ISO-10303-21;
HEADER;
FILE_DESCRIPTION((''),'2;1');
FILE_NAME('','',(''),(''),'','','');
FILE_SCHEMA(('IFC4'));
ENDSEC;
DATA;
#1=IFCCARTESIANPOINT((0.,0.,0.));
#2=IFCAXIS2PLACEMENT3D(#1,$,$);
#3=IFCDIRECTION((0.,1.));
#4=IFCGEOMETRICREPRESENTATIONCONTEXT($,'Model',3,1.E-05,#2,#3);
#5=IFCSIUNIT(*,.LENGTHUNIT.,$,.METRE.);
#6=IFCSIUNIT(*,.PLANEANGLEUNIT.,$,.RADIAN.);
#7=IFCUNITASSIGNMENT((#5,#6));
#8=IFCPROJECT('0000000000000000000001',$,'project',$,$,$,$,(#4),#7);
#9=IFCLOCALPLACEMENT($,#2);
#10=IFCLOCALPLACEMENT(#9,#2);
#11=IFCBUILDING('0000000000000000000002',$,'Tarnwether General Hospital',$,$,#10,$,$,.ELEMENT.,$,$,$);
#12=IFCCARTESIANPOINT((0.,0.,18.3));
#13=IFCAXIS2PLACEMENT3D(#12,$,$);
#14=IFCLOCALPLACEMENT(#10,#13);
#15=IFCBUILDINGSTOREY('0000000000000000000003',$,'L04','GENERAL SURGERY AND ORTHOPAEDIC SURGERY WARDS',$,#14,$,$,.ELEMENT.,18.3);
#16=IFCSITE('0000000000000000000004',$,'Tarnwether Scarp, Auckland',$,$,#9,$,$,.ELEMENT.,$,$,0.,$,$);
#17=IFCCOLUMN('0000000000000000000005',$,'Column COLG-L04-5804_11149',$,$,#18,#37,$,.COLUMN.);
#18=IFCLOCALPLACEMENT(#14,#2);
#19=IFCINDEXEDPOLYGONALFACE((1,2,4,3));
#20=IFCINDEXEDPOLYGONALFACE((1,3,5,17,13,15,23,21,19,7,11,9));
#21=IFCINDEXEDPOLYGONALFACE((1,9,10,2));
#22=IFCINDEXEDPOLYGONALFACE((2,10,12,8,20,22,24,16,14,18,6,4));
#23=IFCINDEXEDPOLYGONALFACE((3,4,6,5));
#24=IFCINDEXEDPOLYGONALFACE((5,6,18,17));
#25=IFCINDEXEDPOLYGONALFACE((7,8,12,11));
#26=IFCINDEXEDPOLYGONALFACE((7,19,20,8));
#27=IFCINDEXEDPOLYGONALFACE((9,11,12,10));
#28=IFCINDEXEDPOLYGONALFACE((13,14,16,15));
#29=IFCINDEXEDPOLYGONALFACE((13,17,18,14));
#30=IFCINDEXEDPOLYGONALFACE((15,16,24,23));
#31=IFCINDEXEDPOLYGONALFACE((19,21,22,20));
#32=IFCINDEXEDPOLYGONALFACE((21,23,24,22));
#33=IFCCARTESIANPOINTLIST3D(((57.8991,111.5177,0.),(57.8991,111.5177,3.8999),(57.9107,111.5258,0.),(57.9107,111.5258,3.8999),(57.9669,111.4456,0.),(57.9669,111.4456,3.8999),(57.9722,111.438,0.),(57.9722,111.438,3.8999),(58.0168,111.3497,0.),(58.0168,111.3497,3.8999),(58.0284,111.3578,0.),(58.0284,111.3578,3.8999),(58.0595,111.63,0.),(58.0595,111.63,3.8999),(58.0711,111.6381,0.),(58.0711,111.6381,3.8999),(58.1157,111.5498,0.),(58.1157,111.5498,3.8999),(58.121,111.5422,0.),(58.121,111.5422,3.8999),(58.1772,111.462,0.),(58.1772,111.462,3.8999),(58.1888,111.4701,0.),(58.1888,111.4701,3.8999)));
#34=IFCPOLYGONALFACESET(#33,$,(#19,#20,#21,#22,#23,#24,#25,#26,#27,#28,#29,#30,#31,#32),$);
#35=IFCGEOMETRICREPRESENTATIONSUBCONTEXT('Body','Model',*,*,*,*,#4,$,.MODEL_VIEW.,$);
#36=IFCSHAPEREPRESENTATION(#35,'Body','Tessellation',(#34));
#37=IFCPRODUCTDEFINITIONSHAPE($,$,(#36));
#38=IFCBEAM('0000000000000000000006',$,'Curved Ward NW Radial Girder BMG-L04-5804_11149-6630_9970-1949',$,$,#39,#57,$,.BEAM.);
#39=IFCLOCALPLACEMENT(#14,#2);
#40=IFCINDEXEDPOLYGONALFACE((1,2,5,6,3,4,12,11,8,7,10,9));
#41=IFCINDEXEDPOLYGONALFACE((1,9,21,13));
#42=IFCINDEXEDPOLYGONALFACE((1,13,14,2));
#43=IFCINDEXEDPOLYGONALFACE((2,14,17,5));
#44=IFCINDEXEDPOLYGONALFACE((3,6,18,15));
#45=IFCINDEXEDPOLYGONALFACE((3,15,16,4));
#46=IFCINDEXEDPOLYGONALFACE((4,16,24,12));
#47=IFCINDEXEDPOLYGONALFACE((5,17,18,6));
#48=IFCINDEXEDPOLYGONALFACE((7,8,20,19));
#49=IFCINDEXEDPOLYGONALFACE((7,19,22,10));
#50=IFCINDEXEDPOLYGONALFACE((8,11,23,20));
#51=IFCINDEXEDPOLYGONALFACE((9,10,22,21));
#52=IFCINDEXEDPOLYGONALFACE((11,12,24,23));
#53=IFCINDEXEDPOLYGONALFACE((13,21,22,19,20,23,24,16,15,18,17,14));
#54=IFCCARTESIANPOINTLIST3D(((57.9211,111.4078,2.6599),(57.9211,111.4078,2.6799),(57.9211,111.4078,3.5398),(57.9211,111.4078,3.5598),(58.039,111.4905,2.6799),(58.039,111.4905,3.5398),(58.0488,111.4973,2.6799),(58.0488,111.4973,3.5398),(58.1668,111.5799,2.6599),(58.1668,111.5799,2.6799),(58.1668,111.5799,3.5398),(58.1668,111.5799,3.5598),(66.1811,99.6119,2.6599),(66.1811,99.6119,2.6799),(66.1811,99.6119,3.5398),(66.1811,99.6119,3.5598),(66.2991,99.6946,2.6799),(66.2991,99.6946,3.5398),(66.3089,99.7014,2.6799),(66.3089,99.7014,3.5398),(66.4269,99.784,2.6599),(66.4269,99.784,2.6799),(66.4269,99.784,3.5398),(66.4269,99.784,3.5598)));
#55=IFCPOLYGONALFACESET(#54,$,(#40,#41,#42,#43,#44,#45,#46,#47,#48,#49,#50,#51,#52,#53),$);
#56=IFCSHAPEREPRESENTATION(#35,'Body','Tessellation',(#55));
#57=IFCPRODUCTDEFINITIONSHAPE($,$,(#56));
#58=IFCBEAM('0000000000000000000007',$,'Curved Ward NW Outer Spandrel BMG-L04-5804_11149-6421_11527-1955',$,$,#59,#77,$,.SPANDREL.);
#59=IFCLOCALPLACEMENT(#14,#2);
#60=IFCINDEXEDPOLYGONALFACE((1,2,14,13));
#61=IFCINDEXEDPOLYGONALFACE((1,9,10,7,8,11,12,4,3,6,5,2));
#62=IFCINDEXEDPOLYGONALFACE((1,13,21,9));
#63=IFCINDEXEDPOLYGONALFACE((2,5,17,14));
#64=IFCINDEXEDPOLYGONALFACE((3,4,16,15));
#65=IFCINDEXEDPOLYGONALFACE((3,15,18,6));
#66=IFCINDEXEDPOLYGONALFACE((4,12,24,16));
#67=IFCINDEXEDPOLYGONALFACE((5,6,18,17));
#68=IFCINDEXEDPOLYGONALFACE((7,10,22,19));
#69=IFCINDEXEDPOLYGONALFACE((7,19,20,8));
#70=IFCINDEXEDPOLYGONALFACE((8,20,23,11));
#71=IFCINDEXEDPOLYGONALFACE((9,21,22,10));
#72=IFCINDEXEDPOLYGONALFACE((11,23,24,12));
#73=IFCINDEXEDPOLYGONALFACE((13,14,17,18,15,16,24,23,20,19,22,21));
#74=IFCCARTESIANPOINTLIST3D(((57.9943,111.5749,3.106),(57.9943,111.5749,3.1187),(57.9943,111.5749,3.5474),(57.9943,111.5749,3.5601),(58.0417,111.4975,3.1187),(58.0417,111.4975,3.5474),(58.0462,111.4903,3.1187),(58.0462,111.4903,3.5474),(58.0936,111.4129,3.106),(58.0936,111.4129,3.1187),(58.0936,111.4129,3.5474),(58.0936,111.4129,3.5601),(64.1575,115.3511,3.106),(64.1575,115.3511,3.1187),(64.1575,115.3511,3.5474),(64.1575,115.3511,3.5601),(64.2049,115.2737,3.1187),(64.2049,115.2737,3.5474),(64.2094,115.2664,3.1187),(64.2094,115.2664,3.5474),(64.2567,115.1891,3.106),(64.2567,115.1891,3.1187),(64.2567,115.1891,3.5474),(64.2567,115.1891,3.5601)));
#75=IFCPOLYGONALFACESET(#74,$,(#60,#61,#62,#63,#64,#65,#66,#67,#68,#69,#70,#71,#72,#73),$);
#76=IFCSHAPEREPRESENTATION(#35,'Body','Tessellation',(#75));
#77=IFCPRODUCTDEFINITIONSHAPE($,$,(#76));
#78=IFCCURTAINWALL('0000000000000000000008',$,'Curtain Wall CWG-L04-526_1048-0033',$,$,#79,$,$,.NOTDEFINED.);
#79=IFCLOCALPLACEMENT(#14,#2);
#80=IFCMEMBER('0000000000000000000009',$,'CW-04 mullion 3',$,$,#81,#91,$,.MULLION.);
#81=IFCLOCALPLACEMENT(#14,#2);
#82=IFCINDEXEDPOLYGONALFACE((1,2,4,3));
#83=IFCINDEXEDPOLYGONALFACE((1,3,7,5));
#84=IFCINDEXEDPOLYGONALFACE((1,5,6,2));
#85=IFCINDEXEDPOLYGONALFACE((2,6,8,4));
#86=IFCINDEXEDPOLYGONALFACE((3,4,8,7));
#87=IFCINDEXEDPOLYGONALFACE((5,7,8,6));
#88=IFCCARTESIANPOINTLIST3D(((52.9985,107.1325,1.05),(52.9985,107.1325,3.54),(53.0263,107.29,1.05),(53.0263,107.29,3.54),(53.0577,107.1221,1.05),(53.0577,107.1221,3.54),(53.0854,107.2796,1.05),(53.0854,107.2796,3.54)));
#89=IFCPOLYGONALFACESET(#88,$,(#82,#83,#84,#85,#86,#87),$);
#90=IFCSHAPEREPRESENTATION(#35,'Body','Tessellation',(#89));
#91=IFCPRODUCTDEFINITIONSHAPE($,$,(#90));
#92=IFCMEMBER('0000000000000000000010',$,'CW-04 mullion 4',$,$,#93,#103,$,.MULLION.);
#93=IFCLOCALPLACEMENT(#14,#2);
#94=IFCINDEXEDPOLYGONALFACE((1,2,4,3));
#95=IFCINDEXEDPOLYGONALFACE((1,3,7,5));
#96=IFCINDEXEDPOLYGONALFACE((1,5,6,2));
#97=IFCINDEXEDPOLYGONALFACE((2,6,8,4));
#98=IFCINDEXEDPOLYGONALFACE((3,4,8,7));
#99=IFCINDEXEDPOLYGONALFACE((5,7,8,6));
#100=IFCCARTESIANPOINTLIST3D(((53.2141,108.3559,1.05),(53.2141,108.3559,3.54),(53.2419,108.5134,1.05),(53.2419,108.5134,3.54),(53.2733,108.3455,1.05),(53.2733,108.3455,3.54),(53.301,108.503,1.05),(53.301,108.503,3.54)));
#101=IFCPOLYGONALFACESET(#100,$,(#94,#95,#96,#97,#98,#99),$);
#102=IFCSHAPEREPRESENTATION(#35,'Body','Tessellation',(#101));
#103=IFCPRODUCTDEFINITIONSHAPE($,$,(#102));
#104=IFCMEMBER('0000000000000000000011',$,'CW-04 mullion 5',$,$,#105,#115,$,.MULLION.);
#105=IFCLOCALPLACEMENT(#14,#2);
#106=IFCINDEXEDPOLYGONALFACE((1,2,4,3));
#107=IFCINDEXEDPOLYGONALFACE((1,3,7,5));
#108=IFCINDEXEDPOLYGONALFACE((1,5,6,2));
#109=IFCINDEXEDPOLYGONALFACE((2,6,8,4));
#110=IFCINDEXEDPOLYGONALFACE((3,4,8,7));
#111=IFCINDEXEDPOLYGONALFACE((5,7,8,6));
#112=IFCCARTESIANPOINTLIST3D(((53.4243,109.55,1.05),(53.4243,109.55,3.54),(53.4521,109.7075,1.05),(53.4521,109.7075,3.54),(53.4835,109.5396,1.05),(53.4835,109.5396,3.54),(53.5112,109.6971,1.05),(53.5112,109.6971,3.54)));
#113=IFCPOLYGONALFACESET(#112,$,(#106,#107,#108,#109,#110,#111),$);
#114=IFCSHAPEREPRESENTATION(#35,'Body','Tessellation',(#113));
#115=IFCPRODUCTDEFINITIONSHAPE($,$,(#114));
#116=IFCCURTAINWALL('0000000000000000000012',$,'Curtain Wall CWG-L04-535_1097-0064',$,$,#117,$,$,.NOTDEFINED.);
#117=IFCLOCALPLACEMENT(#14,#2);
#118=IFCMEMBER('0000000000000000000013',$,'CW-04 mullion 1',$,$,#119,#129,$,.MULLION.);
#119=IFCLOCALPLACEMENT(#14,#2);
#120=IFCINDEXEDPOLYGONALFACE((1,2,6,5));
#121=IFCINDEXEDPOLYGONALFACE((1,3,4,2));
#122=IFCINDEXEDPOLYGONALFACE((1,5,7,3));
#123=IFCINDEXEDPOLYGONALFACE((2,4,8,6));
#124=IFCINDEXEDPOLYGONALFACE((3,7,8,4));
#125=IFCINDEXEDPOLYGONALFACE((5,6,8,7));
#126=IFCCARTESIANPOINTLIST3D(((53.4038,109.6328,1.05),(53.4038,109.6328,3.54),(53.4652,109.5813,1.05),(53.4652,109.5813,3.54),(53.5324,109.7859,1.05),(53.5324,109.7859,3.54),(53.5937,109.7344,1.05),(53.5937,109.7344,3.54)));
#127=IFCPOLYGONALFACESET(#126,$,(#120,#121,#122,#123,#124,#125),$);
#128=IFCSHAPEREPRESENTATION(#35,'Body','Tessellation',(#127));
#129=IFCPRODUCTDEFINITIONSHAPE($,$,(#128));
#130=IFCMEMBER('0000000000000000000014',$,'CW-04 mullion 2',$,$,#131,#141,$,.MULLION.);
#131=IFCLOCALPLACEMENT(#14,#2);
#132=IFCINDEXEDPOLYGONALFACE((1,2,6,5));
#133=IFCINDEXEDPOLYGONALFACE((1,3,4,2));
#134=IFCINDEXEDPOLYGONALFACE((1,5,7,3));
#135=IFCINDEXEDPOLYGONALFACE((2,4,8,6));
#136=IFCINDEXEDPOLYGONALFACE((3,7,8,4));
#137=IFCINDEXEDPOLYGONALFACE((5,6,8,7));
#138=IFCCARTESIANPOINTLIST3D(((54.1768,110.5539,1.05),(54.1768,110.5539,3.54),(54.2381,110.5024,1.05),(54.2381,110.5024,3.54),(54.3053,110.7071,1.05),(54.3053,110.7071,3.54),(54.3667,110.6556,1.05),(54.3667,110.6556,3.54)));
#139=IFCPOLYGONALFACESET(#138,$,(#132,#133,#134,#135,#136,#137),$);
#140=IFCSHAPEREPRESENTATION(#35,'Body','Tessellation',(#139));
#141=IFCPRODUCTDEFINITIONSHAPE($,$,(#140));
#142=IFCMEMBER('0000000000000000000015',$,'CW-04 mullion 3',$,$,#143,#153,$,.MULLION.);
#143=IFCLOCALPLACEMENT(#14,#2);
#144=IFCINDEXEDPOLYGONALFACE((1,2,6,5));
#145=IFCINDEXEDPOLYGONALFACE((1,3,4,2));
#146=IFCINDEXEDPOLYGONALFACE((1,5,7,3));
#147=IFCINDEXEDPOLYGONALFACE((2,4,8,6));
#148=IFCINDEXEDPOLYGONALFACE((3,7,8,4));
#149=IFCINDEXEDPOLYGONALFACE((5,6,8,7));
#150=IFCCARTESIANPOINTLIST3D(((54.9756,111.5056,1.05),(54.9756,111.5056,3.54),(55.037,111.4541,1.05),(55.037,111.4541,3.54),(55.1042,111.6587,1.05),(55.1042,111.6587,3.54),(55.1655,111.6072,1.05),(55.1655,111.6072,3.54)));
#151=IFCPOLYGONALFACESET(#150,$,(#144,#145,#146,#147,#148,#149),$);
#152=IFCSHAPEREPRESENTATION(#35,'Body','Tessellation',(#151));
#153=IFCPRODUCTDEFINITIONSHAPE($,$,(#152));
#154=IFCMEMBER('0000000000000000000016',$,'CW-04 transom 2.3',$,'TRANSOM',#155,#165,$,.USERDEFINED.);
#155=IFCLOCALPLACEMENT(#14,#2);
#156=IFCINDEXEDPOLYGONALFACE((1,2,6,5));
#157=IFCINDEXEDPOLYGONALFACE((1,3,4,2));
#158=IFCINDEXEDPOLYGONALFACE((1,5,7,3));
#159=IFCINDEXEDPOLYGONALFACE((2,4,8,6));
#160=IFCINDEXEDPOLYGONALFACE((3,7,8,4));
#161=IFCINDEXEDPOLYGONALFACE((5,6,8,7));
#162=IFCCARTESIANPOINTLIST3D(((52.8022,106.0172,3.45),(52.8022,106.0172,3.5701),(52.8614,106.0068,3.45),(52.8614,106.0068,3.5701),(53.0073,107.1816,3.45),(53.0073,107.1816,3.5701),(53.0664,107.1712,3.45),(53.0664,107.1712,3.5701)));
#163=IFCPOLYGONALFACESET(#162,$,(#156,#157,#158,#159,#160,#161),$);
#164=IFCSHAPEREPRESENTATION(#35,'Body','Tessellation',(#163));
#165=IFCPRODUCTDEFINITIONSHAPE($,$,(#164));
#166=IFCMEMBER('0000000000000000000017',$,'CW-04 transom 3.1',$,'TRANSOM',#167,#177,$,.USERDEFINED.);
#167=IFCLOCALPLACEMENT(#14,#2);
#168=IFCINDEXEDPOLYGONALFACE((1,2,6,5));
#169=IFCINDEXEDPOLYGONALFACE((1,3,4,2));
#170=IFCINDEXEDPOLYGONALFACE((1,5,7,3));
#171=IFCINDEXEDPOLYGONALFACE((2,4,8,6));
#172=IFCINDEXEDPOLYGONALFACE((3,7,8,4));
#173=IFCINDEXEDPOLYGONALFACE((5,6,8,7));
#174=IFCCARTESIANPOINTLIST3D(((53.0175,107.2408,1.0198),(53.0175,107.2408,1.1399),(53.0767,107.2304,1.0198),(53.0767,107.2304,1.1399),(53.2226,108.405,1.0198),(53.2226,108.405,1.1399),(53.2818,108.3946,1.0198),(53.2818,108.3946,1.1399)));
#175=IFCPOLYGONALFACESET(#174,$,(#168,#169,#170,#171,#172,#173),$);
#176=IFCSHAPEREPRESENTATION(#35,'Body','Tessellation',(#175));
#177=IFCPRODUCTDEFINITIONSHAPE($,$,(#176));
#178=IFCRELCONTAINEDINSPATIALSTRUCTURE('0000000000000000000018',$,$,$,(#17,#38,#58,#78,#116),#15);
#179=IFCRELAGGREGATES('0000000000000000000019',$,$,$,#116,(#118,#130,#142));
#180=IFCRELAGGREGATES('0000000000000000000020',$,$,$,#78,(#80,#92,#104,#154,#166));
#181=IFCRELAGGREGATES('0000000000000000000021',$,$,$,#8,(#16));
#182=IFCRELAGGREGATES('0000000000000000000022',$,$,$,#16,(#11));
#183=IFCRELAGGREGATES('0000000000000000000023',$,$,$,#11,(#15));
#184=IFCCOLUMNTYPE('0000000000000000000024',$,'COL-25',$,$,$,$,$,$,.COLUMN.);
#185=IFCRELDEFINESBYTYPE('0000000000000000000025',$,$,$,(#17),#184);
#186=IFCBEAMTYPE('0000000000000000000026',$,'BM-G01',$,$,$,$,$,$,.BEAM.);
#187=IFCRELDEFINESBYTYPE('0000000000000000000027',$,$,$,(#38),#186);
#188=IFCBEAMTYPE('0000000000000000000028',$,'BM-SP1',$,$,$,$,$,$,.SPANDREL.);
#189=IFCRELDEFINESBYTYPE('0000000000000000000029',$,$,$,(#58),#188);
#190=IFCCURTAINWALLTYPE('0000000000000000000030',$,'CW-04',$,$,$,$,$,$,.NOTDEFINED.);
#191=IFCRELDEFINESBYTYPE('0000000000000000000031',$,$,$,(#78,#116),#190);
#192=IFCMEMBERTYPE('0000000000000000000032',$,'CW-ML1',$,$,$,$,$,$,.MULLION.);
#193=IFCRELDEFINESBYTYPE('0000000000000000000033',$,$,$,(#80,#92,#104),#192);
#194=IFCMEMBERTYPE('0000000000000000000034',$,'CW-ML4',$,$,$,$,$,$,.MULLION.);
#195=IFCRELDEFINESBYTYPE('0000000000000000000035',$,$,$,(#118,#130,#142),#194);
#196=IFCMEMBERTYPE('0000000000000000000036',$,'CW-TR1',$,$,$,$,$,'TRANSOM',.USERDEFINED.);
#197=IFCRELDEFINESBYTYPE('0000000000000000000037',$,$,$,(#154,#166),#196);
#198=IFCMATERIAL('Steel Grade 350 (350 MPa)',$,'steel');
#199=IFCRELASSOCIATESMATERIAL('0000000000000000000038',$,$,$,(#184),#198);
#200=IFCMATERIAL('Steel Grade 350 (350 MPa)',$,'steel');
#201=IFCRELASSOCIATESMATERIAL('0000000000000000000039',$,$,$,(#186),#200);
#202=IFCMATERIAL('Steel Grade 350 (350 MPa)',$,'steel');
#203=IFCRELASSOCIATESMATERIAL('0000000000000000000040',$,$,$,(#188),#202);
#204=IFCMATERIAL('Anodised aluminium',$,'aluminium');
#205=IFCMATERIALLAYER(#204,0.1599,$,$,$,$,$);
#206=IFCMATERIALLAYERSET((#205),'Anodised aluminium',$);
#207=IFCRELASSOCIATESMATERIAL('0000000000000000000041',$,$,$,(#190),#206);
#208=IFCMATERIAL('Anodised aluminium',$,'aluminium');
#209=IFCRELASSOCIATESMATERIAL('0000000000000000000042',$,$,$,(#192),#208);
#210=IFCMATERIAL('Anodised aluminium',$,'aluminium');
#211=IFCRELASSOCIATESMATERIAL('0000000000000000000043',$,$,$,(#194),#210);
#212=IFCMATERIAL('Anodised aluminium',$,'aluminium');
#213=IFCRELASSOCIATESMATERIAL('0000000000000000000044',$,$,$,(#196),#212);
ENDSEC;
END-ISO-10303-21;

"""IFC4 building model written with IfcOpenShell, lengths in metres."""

from ifc_helpers import new_model, si_unit, direction, frame, origin, origin_2d, place, context, subcontext, project, spatial, rectangle, i_section, extrude, material, layer, layer_set, material_profile, profile_set, type_object, element, aggregate, save


model = new_model("IFC4")

# Units and contexts
model_context = context("Model", 3, precision=1e-05, world=origin(), true_north=direction((0.0, 1.0)))
body_context = subcontext(model_context, "Body", "Model", "MODEL_VIEW")
ifc_project = project(units=[si_unit("LENGTHUNIT", "METRE"), si_unit("PLANEANGLEUNIT", "RADIAN")], contexts=[model_context])

# Site, building, storey
site_placement = place(None, origin())
site = spatial("IfcSite", under=ifc_project, at=site_placement, Name="Tarnwether Scarp, Auckland", CompositionType="ELEMENT", RefElevation=0.0)
building_placement = place(site_placement, origin())
building = spatial("IfcBuilding", under=site, at=building_placement, Name="Tarnwether General Hospital", CompositionType="ELEMENT")
storey_placement = place(building_placement, frame((0.0, 0.0, 18.3)))
storey = spatial("IfcBuildingStorey", under=building, at=storey_placement, Name="L04", Description="GENERAL SURGERY AND ORTHOPAEDIC SURGERY WARDS", CompositionType="ELEMENT", Elevation=18.3)

# Column
ifc_material_1 = material(Name="Steel Grade 350 (350 MPa)", Category="steel")
ifc_material_profile_1 = material_profile(ifc_material_1, i_section(OverallWidth=0.2051, OverallDepth=0.21, WebThickness=0.0093, FlangeThickness=0.0142, at=origin_2d()), Name="200UC59.5")
ifc_profile_set_1 = profile_set([ifc_material_profile_1], Name="Steel Grade 350 (350 MPa)")
column_type = type_object("IfcColumnType", Name="COL-25", PredefinedType="COLUMN", material=ifc_profile_set_1)
column_placement = place(storey_placement, frame((58.0439, 111.4939, 0.0), z_axis=(0.0, 0.0, 1.0), x_axis=(-0.573576, 0.819152, 0.0)))
element("IfcColumn", 1, at=column_placement, inside=storey, type_object=column_type, Name="Column COLG-L04-5804_11149", PredefinedType="COLUMN", context=body_context, shape_type="SweptSolid", body=[
    extrude(i_section(OverallWidth=0.2051, OverallDepth=0.21, WebThickness=0.0093, FlangeThickness=0.0142, at=origin_2d()), origin(), (0.0, 0.0, 1.0), 3.8999),
])

# Beams
ifc_material_2 = material(Name="Steel Grade 350 (350 MPa)", Category="steel")
ifc_material_profile_2 = material_profile(ifc_material_2, i_section(OverallWidth=0.3, OverallDepth=0.8999, WebThickness=0.012, FlangeThickness=0.02, at=origin_2d()), Name="900WB175")
ifc_profile_set_2 = profile_set([ifc_material_profile_2], Name="Steel Grade 350 (350 MPa)")
beam_type_1 = type_object("IfcBeamType", Name="BM-G01", PredefinedType="BEAM", material=ifc_profile_set_2)
beam_1_placement = place(storey_placement, frame((58.0439, 111.4939, 3.1099), z_axis=(0.573597, -0.819138, 0.0), x_axis=(0.819138, 0.573597, 0.0)))
element("IfcBeam", 2, at=beam_1_placement, inside=storey, type_object=beam_type_1, Name="Curved Ward NW Radial Girder BMG-L04-5804_11149-6630_9970-1949", PredefinedType="BEAM", context=body_context, shape_type="SweptSolid", body=[
    extrude(i_section(OverallWidth=0.3, OverallDepth=0.8999, WebThickness=0.012, FlangeThickness=0.02, at=origin_2d()), origin(), (0.0, 0.0, 1.0), 14.4004),
])
ifc_material_3 = material(Name="Steel Grade 350 (350 MPa)", Category="steel")
ifc_material_profile_3 = material_profile(ifc_material_3, i_section(OverallWidth=0.1899, OverallDepth=0.4541, WebThickness=0.0085, FlangeThickness=0.0127, at=origin_2d()), Name="460UB67.1")
ifc_profile_set_3 = profile_set([ifc_material_profile_3], Name="Steel Grade 350 (350 MPa)")
beam_type_2 = type_object("IfcBeamType", Name="BM-SP1", PredefinedType="SPANDREL", material=ifc_profile_set_3)
beam_2_placement = place(storey_placement, frame((58.0439, 111.4939, 3.333), z_axis=(0.852678, 0.522436, 0.0), x_axis=(-0.522436, 0.852678, 0.0)))
element("IfcBeam", 3, at=beam_2_placement, inside=storey, type_object=beam_type_2, Name="Curved Ward NW Outer Spandrel BMG-L04-5804_11149-6421_11527-1955", PredefinedType="SPANDREL", context=body_context, shape_type="SweptSolid", body=[
    extrude(i_section(OverallWidth=0.1899, OverallDepth=0.4541, WebThickness=0.0085, FlangeThickness=0.0127, at=origin_2d()), origin(), (0.0, 0.0, 1.0), 7.228),
])

# Curtain walls, members
ifc_material_4 = material(Name="Anodised aluminium", Category="aluminium")
ifc_layer_1 = layer(ifc_material_4, 0.1599)
ifc_layer_set_1 = layer_set([ifc_layer_1], Name="Anodised aluminium")
curtain_wall_type = type_object("IfcCurtainWallType", Name="CW-04", PredefinedType="NOTDEFINED", material=ifc_layer_set_1)
curtain_wall_1_placement = place(storey_placement, origin())
curtain_wall_1 = element("IfcCurtainWall", 4, at=curtain_wall_1_placement, inside=storey, type_object=curtain_wall_type, Name="Curtain Wall CWG-L04-526_1048-0033", PredefinedType="NOTDEFINED")
ifc_material_5 = material(Name="Anodised aluminium", Category="aluminium")
ifc_material_profile_4 = material_profile(ifc_material_5, rectangle(XDim=0.0601, YDim=0.1599, at=origin_2d()), Name="ALU-MUL-60x160")
ifc_profile_set_4 = profile_set([ifc_material_profile_4], Name="Anodised aluminium")
member_type_1 = type_object("IfcMemberType", Name="CW-ML1", PredefinedType="MULLION", material=ifc_profile_set_4)
member_1_placement = place(storey_placement, frame((53.042, 107.2061, 1.05), z_axis=(0.0, 0.0, 1.0), x_axis=(-0.98484, 0.173464, 0.0)))
member_1 = element("IfcMember", 5, at=member_1_placement, type_object=member_type_1, Name="CW-04 mullion 3", PredefinedType="MULLION", context=body_context, shape_type="SweptSolid", body=[
    extrude(rectangle(XDim=0.0601, YDim=0.1599, at=origin_2d()), origin(), (0.0, 0.0, 1.0), 2.49),
])
member_2_placement = place(storey_placement, frame((53.2576, 108.4294, 1.05), z_axis=(0.0, 0.0, 1.0), x_axis=(-0.98484, 0.173464, 0.0)))
member_2 = element("IfcMember", 6, at=member_2_placement, type_object=member_type_1, Name="CW-04 mullion 4", PredefinedType="MULLION", context=body_context, shape_type="SweptSolid", body=[
    extrude(rectangle(XDim=0.0601, YDim=0.1599, at=origin_2d()), origin(), (0.0, 0.0, 1.0), 2.49),
])
member_3_placement = place(storey_placement, frame((53.4678, 109.6235, 1.05), z_axis=(0.0, 0.0, 1.0), x_axis=(-0.98484, 0.173464, 0.0)))
member_3 = element("IfcMember", 7, at=member_3_placement, type_object=member_type_1, Name="CW-04 mullion 5", PredefinedType="MULLION", context=body_context, shape_type="SweptSolid", body=[
    extrude(rectangle(XDim=0.0601, YDim=0.1599, at=origin_2d()), origin(), (0.0, 0.0, 1.0), 2.49),
])
curtain_wall_2_placement = place(storey_placement, origin())
curtain_wall_2 = element("IfcCurtainWall", 8, at=curtain_wall_2_placement, inside=storey, type_object=curtain_wall_type, Name="Curtain Wall CWG-L04-535_1097-0064", PredefinedType="NOTDEFINED")
ifc_material_6 = material(Name="Anodised aluminium", Category="aluminium")
ifc_material_profile_5 = material_profile(ifc_material_6, rectangle(XDim=0.0801, YDim=0.2, at=origin_2d()), Name="ALU-MUL-80x200")
ifc_profile_set_5 = profile_set([ifc_material_profile_5], Name="Anodised aluminium")
member_type_2 = type_object("IfcMemberType", Name="CW-ML4", PredefinedType="MULLION", material=ifc_profile_set_5)
member_4_placement = place(storey_placement, frame((53.4988, 109.6836, 1.05), z_axis=(0.0, 0.0, 1.0), x_axis=(-0.76599, 0.642852, 0.0)))
member_4 = element("IfcMember", 9, at=member_4_placement, type_object=member_type_2, Name="CW-04 mullion 1", PredefinedType="MULLION", context=body_context, shape_type="SweptSolid", body=[
    extrude(rectangle(XDim=0.0801, YDim=0.2, at=origin_2d()), origin(), (0.0, 0.0, 1.0), 2.49),
])
member_5_placement = place(storey_placement, frame((54.2717, 110.6047, 1.05), z_axis=(0.0, 0.0, 1.0), x_axis=(-0.76599, 0.642852, 0.0)))
member_5 = element("IfcMember", 10, at=member_5_placement, type_object=member_type_2, Name="CW-04 mullion 2", PredefinedType="MULLION", context=body_context, shape_type="SweptSolid", body=[
    extrude(rectangle(XDim=0.0801, YDim=0.2, at=origin_2d()), origin(), (0.0, 0.0, 1.0), 2.49),
])
member_6_placement = place(storey_placement, frame((55.0706, 111.5564, 1.05), z_axis=(0.0, 0.0, 1.0), x_axis=(-0.76599, 0.642852, 0.0)))
member_6 = element("IfcMember", 11, at=member_6_placement, type_object=member_type_2, Name="CW-04 mullion 3", PredefinedType="MULLION", context=body_context, shape_type="SweptSolid", body=[
    extrude(rectangle(XDim=0.0801, YDim=0.2, at=origin_2d()), origin(), (0.0, 0.0, 1.0), 2.49),
])

# Members
ifc_material_7 = material(Name="Anodised aluminium", Category="aluminium")
ifc_material_profile_6 = material_profile(ifc_material_7, rectangle(XDim=0.0601, YDim=0.1201, at=origin_2d()), Name="ALU-TRN-60x120")
ifc_profile_set_6 = profile_set([ifc_material_profile_6], Name="Anodised aluminium")
member_type_3 = type_object("IfcMemberType", Name="CW-TR1", ElementType="TRANSOM", PredefinedType="USERDEFINED", material=ifc_profile_set_6)
member_7_placement = place(storey_placement, frame((52.8318, 106.012, 3.51), z_axis=(0.173432, 0.984846, 0.0), x_axis=(-0.984846, 0.173432, 0.0)))
member_7 = element("IfcMember", 12, at=member_7_placement, type_object=member_type_3, Name="CW-04 transom 2.3", ObjectType="TRANSOM", PredefinedType="USERDEFINED", context=body_context, shape_type="SweptSolid", body=[
    extrude(rectangle(XDim=0.0601, YDim=0.1201, at=origin_2d()), origin(), (0.0, 0.0, 1.0), 1.1824),
])
member_8_placement = place(storey_placement, frame((53.0471, 107.2356, 1.0798), z_axis=(0.173467, 0.98484, 0.0), x_axis=(-0.98484, 0.173467, 0.0)))
member_8 = element("IfcMember", 13, at=member_8_placement, type_object=member_type_3, Name="CW-04 transom 3.1", ObjectType="TRANSOM", PredefinedType="USERDEFINED", context=body_context, shape_type="SweptSolid", body=[
    extrude(rectangle(XDim=0.0601, YDim=0.1201, at=origin_2d()), origin(), (0.0, 0.0, 1.0), 1.1821),
])

aggregate(curtain_wall_2, [member_4, member_5, member_6])
aggregate(curtain_wall_1, [member_1, member_2, member_3, member_7, member_8])

save(model, "model.ifc")
